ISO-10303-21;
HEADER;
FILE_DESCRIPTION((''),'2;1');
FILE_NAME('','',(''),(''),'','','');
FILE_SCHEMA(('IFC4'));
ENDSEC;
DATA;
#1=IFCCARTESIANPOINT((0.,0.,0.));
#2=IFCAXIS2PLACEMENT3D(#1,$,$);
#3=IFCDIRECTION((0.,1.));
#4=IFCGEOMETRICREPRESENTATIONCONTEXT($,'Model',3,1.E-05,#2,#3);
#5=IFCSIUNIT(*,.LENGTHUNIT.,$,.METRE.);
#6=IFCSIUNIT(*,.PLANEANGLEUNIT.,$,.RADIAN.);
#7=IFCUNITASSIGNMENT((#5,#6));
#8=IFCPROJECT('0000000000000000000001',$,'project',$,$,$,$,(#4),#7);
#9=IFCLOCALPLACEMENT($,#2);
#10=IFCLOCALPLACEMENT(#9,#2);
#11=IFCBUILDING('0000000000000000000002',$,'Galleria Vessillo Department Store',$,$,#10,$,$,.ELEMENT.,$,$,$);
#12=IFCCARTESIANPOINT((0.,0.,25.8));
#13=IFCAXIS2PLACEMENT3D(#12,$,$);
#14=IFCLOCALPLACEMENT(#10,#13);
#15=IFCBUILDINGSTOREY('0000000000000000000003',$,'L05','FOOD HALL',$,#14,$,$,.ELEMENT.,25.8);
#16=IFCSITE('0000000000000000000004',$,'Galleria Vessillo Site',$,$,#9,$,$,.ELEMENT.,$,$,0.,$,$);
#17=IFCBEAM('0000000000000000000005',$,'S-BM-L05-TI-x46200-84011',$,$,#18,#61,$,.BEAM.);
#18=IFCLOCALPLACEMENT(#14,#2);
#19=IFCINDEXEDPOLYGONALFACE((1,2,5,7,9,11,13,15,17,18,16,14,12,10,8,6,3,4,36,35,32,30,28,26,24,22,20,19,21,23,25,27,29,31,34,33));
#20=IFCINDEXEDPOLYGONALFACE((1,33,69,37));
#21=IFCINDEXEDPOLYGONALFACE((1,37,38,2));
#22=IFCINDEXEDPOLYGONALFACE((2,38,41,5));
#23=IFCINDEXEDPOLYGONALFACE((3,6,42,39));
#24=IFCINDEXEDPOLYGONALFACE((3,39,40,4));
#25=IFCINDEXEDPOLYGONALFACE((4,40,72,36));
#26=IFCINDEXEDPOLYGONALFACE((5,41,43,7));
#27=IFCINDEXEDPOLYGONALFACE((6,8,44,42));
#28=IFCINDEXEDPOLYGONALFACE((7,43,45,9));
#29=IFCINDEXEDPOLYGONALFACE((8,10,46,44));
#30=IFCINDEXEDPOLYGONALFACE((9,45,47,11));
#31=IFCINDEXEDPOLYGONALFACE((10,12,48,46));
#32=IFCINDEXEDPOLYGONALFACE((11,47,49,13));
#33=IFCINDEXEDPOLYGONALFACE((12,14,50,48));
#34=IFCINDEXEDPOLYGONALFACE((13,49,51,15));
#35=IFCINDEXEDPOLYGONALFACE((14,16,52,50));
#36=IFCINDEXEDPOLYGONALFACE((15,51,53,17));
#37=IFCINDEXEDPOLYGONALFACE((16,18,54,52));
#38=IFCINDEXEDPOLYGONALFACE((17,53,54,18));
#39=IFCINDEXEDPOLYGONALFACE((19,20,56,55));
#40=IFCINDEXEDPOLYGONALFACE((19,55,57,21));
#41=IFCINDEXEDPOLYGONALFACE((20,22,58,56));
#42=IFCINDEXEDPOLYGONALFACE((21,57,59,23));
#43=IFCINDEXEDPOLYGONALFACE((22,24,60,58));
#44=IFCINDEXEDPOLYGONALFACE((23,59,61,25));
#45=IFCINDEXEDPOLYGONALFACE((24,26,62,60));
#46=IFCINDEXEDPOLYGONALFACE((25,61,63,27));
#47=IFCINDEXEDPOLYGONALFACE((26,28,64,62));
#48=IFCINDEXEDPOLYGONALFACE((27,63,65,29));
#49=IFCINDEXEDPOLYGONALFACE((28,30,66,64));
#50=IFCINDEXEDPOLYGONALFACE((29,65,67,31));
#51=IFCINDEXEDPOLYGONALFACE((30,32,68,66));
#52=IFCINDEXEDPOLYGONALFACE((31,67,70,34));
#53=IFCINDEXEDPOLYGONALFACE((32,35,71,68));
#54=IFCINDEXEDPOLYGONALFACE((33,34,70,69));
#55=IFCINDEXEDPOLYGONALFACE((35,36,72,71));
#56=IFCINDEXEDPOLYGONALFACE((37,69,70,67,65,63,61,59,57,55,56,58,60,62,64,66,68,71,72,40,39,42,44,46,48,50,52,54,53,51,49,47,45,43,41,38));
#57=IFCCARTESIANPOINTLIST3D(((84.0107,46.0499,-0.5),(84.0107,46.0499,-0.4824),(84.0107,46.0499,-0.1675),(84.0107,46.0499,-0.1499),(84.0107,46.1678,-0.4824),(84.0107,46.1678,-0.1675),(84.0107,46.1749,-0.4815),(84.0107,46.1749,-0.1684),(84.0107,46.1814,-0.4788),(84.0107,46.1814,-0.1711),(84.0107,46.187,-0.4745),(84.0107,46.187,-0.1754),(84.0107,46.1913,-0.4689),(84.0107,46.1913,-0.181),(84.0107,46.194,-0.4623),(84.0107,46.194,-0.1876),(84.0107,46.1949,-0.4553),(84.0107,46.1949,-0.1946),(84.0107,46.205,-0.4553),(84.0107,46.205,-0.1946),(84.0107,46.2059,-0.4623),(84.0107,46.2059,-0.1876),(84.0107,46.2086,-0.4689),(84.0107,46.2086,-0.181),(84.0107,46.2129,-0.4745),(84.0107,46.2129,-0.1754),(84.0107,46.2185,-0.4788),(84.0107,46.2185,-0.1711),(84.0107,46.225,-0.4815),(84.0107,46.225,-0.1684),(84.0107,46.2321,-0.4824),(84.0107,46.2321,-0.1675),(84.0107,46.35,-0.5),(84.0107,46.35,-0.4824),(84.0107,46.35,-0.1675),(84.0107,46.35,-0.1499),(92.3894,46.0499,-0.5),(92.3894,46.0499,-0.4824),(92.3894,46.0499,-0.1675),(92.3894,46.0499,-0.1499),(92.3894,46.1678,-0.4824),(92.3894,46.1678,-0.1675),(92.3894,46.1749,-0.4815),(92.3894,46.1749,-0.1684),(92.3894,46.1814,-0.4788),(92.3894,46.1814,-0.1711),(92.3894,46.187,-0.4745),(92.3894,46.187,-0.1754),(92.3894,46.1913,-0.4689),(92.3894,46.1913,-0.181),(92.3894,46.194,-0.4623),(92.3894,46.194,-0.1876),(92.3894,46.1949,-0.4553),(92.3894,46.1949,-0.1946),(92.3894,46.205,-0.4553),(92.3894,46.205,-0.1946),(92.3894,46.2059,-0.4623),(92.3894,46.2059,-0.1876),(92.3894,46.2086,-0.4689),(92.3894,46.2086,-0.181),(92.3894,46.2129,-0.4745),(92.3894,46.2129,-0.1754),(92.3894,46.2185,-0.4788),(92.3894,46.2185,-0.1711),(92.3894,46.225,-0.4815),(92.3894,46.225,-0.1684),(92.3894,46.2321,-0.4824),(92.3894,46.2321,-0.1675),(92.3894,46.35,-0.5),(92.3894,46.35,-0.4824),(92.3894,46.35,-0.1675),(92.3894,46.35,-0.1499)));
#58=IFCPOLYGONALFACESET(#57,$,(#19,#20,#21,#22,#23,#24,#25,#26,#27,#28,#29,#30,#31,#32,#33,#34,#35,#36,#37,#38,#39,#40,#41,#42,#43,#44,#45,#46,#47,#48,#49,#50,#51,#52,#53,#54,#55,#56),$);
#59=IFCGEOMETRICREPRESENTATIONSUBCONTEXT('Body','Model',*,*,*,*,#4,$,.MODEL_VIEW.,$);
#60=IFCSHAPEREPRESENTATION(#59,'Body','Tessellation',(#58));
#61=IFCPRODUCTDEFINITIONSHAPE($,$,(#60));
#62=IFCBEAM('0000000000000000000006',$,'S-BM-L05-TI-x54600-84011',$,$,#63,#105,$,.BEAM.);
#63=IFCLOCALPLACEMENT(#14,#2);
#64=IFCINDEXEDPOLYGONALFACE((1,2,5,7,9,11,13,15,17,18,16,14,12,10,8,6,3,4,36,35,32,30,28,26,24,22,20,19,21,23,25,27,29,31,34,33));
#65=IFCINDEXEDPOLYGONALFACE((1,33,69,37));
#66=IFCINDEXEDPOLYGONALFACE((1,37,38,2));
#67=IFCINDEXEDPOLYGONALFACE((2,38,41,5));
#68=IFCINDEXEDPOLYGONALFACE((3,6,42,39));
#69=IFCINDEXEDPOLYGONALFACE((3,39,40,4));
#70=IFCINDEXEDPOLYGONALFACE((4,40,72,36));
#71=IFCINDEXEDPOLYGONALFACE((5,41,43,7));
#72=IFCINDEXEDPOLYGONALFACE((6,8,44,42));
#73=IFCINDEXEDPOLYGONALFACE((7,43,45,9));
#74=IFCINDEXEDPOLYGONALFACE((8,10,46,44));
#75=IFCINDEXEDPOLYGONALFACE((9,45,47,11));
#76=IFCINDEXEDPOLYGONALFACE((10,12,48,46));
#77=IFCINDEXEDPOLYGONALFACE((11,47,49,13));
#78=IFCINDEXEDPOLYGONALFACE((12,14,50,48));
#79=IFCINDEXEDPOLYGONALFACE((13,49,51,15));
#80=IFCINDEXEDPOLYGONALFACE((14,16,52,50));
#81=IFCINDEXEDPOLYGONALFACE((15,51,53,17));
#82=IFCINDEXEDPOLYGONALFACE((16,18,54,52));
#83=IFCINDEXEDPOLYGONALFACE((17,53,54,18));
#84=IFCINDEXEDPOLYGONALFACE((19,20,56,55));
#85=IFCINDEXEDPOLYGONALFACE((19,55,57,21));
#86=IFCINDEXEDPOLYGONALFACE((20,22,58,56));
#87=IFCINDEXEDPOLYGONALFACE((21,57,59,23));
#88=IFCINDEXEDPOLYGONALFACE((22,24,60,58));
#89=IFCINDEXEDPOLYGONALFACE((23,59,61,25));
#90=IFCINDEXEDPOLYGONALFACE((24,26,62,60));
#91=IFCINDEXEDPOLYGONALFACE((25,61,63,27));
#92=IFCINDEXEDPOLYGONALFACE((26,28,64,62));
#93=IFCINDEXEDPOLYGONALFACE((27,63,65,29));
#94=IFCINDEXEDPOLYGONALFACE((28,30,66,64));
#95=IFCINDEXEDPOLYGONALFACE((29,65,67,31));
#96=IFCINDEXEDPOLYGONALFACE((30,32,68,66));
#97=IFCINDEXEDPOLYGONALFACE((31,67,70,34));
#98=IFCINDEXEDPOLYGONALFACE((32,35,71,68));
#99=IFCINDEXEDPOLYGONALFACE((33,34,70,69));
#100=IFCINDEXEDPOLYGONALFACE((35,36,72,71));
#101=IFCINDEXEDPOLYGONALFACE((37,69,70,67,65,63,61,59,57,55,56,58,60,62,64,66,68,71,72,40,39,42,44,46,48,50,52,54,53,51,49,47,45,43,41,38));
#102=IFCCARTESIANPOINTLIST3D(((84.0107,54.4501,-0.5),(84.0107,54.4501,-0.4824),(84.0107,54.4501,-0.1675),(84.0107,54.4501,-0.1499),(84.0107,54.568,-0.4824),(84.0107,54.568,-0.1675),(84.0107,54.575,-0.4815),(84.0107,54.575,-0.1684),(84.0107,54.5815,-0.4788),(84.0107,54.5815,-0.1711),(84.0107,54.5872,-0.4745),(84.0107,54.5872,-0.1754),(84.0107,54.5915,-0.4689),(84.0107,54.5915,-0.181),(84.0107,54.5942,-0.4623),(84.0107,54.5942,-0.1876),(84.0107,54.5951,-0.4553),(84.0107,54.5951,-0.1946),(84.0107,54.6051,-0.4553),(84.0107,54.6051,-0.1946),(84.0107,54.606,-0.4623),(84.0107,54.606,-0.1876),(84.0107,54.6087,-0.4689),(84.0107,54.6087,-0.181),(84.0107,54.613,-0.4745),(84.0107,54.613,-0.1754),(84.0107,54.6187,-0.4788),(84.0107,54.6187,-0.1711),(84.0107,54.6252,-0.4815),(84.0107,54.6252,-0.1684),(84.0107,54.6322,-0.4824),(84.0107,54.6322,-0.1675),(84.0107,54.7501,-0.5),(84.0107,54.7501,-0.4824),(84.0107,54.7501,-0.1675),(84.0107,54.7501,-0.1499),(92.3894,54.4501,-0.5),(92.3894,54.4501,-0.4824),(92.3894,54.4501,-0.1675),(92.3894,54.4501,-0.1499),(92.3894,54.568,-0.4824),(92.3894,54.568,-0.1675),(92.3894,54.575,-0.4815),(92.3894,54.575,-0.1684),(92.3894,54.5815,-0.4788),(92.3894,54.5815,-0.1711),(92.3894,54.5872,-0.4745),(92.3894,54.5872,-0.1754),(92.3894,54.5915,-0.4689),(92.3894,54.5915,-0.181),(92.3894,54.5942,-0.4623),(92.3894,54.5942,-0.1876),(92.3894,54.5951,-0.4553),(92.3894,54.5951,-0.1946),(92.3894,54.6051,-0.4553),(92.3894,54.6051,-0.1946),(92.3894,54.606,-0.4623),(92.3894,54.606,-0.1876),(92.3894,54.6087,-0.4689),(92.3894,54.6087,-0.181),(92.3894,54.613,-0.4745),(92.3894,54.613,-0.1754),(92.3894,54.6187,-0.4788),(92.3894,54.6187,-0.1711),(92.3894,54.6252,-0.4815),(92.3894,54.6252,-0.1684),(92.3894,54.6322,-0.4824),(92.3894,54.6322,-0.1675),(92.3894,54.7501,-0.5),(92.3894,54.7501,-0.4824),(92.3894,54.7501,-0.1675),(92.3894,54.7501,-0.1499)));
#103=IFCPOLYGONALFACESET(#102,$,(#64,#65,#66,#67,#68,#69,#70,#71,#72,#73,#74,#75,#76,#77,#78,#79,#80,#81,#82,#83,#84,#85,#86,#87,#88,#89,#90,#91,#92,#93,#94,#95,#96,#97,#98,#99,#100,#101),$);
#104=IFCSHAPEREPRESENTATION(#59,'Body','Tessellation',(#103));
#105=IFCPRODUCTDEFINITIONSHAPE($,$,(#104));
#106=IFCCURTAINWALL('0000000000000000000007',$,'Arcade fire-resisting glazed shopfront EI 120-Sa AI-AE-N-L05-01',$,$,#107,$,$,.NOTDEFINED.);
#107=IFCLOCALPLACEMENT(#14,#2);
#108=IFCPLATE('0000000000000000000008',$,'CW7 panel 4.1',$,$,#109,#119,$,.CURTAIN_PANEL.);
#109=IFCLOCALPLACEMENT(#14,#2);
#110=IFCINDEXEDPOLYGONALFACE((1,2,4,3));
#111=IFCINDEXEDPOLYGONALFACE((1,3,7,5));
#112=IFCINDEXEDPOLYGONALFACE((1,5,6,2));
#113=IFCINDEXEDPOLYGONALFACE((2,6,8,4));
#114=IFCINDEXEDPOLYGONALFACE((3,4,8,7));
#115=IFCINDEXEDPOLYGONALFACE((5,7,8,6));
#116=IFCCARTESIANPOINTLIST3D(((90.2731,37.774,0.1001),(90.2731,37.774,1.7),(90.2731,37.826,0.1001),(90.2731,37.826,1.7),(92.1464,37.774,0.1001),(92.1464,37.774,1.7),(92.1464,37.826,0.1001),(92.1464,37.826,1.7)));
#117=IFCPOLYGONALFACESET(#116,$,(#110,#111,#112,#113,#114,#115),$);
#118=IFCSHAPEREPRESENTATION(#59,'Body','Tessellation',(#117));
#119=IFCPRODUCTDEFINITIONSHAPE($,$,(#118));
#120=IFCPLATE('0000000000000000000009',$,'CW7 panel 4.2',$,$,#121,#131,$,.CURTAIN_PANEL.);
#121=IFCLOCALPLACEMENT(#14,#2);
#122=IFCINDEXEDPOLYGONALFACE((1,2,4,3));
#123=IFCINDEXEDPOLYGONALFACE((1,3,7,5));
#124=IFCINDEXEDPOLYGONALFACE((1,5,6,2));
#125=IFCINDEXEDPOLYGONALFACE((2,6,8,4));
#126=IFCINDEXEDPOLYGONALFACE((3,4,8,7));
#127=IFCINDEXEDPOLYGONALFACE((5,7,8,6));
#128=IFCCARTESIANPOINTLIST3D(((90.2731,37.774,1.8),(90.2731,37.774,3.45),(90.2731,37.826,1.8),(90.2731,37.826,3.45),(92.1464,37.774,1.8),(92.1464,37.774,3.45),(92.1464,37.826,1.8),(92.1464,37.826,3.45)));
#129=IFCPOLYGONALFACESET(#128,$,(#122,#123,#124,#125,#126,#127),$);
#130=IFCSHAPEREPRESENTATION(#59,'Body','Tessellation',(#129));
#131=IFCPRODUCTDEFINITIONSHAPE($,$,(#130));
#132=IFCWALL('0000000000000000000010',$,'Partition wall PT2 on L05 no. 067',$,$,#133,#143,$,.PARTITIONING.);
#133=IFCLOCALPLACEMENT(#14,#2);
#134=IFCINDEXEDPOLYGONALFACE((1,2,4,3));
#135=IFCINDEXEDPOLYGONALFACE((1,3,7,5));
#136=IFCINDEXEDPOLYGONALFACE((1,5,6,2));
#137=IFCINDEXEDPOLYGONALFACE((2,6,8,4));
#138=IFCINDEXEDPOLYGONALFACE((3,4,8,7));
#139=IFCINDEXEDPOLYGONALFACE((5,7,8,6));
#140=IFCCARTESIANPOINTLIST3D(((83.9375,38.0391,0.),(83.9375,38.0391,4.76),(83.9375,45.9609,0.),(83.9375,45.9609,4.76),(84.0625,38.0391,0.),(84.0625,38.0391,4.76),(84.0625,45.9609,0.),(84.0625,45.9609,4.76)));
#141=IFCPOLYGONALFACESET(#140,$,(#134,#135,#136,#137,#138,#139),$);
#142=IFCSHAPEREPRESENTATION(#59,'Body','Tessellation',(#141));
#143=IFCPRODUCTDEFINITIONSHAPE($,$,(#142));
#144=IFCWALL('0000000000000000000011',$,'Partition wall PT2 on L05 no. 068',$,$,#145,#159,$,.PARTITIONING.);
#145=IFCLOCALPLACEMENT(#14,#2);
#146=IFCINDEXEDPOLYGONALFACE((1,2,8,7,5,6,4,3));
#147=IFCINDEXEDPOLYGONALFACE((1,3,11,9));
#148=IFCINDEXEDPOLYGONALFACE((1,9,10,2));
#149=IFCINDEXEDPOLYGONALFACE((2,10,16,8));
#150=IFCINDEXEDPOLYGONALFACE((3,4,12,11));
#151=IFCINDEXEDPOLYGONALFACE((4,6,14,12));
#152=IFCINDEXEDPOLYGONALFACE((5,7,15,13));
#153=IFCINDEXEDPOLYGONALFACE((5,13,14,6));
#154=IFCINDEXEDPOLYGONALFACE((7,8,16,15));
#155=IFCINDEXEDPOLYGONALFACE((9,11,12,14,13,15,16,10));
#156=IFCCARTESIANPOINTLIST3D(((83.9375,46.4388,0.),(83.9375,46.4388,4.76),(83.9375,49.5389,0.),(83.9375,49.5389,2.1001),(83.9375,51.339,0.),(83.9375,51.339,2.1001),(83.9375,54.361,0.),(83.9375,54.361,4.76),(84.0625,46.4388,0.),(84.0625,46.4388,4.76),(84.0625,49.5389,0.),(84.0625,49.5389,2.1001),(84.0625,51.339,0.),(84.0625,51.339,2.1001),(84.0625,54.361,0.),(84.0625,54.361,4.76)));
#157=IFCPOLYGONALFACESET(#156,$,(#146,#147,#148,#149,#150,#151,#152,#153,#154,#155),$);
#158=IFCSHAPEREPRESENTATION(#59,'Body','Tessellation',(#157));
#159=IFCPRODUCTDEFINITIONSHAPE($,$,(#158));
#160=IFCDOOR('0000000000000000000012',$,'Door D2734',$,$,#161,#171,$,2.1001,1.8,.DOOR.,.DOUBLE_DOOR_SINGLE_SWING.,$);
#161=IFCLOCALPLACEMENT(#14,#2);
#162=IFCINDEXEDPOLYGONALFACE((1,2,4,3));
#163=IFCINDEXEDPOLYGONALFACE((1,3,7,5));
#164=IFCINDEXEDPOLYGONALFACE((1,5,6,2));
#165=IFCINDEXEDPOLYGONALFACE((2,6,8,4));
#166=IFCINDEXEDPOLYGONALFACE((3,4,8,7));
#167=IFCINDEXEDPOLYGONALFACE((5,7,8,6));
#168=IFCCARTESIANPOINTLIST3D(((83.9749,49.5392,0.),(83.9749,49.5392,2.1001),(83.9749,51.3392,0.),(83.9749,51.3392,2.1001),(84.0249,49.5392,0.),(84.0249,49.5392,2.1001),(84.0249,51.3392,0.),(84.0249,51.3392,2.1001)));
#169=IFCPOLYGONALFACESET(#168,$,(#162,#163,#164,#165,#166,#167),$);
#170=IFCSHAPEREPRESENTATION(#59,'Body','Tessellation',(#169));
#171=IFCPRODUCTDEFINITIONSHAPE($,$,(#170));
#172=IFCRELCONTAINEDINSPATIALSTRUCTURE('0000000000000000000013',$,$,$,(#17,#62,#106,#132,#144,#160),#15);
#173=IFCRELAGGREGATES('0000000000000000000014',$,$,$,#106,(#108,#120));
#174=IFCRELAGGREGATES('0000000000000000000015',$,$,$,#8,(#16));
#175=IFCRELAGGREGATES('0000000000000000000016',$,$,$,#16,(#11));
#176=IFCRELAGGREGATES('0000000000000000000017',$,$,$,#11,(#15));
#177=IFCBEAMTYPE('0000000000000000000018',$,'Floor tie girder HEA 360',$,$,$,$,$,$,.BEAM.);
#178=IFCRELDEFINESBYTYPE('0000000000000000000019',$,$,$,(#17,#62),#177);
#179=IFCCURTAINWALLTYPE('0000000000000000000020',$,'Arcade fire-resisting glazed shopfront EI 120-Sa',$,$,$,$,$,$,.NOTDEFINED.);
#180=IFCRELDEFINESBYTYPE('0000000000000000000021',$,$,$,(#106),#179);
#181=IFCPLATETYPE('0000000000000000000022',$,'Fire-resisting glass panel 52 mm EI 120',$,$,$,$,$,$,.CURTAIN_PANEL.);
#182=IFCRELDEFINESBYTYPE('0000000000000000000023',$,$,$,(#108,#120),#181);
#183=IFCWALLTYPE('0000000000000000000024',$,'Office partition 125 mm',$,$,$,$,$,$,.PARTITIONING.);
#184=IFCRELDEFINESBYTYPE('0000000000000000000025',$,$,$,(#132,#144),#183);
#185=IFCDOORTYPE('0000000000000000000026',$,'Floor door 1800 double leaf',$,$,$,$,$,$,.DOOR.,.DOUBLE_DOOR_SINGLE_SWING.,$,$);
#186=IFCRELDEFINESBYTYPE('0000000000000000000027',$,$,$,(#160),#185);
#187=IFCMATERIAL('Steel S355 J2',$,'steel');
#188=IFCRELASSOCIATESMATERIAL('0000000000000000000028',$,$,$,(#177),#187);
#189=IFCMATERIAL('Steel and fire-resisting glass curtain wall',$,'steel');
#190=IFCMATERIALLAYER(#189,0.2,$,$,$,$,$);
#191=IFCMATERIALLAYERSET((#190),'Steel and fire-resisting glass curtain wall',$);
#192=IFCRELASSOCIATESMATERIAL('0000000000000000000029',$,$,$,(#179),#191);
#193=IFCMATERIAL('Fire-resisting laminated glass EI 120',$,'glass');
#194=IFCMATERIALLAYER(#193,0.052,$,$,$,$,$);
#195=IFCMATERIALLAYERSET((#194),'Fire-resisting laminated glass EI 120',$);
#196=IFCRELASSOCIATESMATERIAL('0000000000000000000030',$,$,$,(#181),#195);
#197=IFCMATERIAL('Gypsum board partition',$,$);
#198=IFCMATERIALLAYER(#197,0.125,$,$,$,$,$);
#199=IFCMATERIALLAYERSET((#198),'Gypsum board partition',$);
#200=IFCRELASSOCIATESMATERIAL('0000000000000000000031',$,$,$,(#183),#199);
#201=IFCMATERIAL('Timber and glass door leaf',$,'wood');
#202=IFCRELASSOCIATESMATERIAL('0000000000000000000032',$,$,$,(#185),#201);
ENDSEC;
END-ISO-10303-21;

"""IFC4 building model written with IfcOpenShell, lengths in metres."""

from ifc_helpers import new_model, si_unit, direction, frame, frame_2d, origin, origin_2d, place, context, subcontext, project, spatial, rectangle, i_section, extrude, material, layer, layer_set, material_profile, profile_set, type_object, element, fill, aggregate, save


model = new_model("IFC4")

# Units and contexts
model_context = context("Model", 3, precision=1e-05, world=origin(), true_north=direction((0.0, 1.0)))
body_context = subcontext(model_context, "Body", "Model", "MODEL_VIEW")
ifc_project = project(units=[si_unit("LENGTHUNIT", "METRE"), si_unit("PLANEANGLEUNIT", "RADIAN")], contexts=[model_context])

# Site, building, storey
site_placement = place(None, origin())
site = spatial("IfcSite", under=ifc_project, at=site_placement, Name="Galleria Vessillo Site", CompositionType="ELEMENT", RefElevation=0.0)
building_placement = place(site_placement, origin())
building = spatial("IfcBuilding", under=site, at=building_placement, Name="Galleria Vessillo Department Store", CompositionType="ELEMENT")
storey_placement = place(building_placement, frame((0.0, 0.0, 25.8)))
storey = spatial("IfcBuildingStorey", under=building, at=storey_placement, Name="L05", Description="FOOD HALL", CompositionType="ELEMENT", Elevation=25.8)

# Beams
ifc_material_1 = material(Name="Steel S355 J2", Category="steel")
ifc_material_profile_1 = material_profile(ifc_material_1, i_section(OverallWidth=0.3, OverallDepth=0.3501, WebThickness=0.01, FlangeThickness=0.0176, FilletRadius=0.0271, at=origin_2d()), Name="HEA 360")
ifc_profile_set_1 = profile_set([ifc_material_profile_1], Name="Steel S355 J2")
beam_type_1 = type_object("IfcBeamType", Name="Floor tie girder HEA 360", PredefinedType="BEAM", material=ifc_profile_set_1)
for number, where, z_axis, x_axis, name in (
    (1, (84.0107, 46.2, -0.325), (1.0, 0.0, 0.0), (0.0, 1.0, 0.0), "S-BM-L05-TI-x46200-84011"),
    (2, (84.0107, 54.6001, -0.325), (1.0, 0.0, 0.0), (0.0, 1.0, 0.0), "S-BM-L05-TI-x54600-84011"),
):
    element("IfcBeam", number, at=place(storey_placement, frame(where, z_axis=z_axis, x_axis=x_axis)), inside=storey, type_object=beam_type_1, Name=name, PredefinedType="BEAM", context=body_context, shape_type="SweptSolid", body=[
        extrude(i_section(OverallWidth=0.3, OverallDepth=0.3501, WebThickness=0.01, FlangeThickness=0.0176, FilletRadius=0.0271, at=origin_2d()), origin(), (0.0, 0.0, 1.0), 8.3787),
    ])

# Curtain wall, plates
ifc_material_2 = material(Name="Steel and fire-resisting glass curtain wall", Category="steel")
ifc_layer_1 = layer(ifc_material_2, 0.2)
ifc_layer_set_1 = layer_set([ifc_layer_1], Name="Steel and fire-resisting glass curtain wall")
curtain_wall_type = type_object("IfcCurtainWallType", Name="Arcade fire-resisting glazed shopfront EI 120-Sa", PredefinedType="NOTDEFINED", material=ifc_layer_set_1)
curtain_wall_placement = place(storey_placement, origin())
curtain_wall = element("IfcCurtainWall", 3, at=curtain_wall_placement, inside=storey, type_object=curtain_wall_type, Name="Arcade fire-resisting glazed shopfront EI 120-Sa AI-AE-N-L05-01", PredefinedType="NOTDEFINED")
ifc_material_3 = material(Name="Fire-resisting laminated glass EI 120", Category="glass")
ifc_layer_2 = layer(ifc_material_3, 0.052)
ifc_layer_set_2 = layer_set([ifc_layer_2], Name="Fire-resisting laminated glass EI 120")
plate_type = type_object("IfcPlateType", Name="Fire-resisting glass panel 52 mm EI 120", PredefinedType="CURTAIN_PANEL", material=ifc_layer_set_2)
plate_1_placement = place(storey_placement, frame((91.2097, 37.8, 0.1001), z_axis=(0.0, 0.0, 1.0), x_axis=(1.0, 0.0, 0.0)))
plate_1 = element("IfcPlate", 4, at=plate_1_placement, type_object=plate_type, Name="CW7 panel 4.1", PredefinedType="CURTAIN_PANEL", context=body_context, shape_type="SweptSolid", body=[
    extrude(rectangle(XDim=1.8733, YDim=0.052, at=origin_2d()), origin(), (0.0, 0.0, 1.0), 1.5999),
])
plate_2_placement = place(storey_placement, frame((91.2097, 37.8, 1.8), z_axis=(0.0, 0.0, 1.0), x_axis=(1.0, 0.0, 0.0)))
plate_2 = element("IfcPlate", 5, at=plate_2_placement, type_object=plate_type, Name="CW7 panel 4.2", PredefinedType="CURTAIN_PANEL", context=body_context, shape_type="SweptSolid", body=[
    extrude(rectangle(XDim=1.8733, YDim=0.052, at=origin_2d()), origin(), (0.0, 0.0, 1.0), 1.6499),
])
aggregate(curtain_wall, [plate_1, plate_2])

# Wall
ifc_material_4 = material(Name="Gypsum board partition")
ifc_layer_3 = layer(ifc_material_4, 0.125)
ifc_layer_set_3 = layer_set([ifc_layer_3], Name="Gypsum board partition")
wall_type = type_object("IfcWallType", Name="Office partition 125 mm", PredefinedType="PARTITIONING", material=ifc_layer_set_3)
wall_1_placement = place(storey_placement, frame((84.0, 38.0391, 0.0), z_axis=(0.0, 0.0, 1.0), x_axis=(0.0, 1.0, 0.0)))
element("IfcWall", 6, at=wall_1_placement, inside=storey, type_object=wall_type, Name="Partition wall PT2 on L05 no. 067", PredefinedType="PARTITIONING", context=body_context, shape_type="SweptSolid", body=[
    extrude(rectangle(XDim=7.9219, YDim=0.125, at=frame_2d((3.9609, 0.0))), origin(), (0.0, 0.0, 1.0), 4.76),
])

# Wall, opening, door
wall_2_placement = place(storey_placement, frame((84.0, 46.439, 0.0), z_axis=(0.0, 0.0, 1.0), x_axis=(0.0, 1.0, 0.0)))
wall_2 = element("IfcWall", 7, at=wall_2_placement, inside=storey, type_object=wall_type, Name="Partition wall PT2 on L05 no. 068", PredefinedType="PARTITIONING", context=body_context, shape_type="SweptSolid", body=[
    extrude(rectangle(XDim=7.9221, YDim=0.125, at=frame_2d((3.9609, 0.0))), origin(), (0.0, 0.0, 1.0), 4.76),
])
opening_placement = place(wall_2_placement, frame((3.1001, 0.0, 0.0)))
opening = element("IfcOpeningElement", 8, at=opening_placement, cuts=wall_2, PredefinedType="OPENING", context=body_context, shape_type="SweptSolid", body=[
    extrude(rectangle(XDim=1.8, YDim=2.1001, at=frame_2d((0.8999, 1.05))), frame((0.0, 0.0725, 0.0), z_axis=(0.0, -1.0, 0.0), x_axis=(1.0, 0.0, 0.0)), (0.0, 0.0, 1.0), 0.145),
])
ifc_material_5 = material(Name="Timber and glass door leaf", Category="wood")
door_type = type_object("IfcDoorType", Name="Floor door 1800 double leaf", OperationType="DOUBLE_DOOR_SINGLE_SWING", PredefinedType="DOOR", material=ifc_material_5)
door_placement = place(opening_placement, frame((1.8, 0.0, 0.0), z_axis=(0.0, 0.0, 1.0), x_axis=(-1.0, 0.0, 0.0)))
door = element("IfcDoor", 9, at=door_placement, inside=storey, type_object=door_type, Name="Door D2734", OperationType="DOUBLE_DOOR_SINGLE_SWING", OverallHeight=2.1001, OverallWidth=1.8, PredefinedType="DOOR", context=body_context, shape_type="SweptSolid", body=[
    extrude(rectangle(XDim=1.8, YDim=2.1001, at=frame_2d((0.8999, 1.05))), frame((0.0, 0.0249, 0.0), z_axis=(0.0, -1.0, 0.0), x_axis=(1.0, 0.0, 0.0)), (0.0, 0.0, 1.0), 0.05),
])
fill(opening, door)

save(model, "model.ifc")
